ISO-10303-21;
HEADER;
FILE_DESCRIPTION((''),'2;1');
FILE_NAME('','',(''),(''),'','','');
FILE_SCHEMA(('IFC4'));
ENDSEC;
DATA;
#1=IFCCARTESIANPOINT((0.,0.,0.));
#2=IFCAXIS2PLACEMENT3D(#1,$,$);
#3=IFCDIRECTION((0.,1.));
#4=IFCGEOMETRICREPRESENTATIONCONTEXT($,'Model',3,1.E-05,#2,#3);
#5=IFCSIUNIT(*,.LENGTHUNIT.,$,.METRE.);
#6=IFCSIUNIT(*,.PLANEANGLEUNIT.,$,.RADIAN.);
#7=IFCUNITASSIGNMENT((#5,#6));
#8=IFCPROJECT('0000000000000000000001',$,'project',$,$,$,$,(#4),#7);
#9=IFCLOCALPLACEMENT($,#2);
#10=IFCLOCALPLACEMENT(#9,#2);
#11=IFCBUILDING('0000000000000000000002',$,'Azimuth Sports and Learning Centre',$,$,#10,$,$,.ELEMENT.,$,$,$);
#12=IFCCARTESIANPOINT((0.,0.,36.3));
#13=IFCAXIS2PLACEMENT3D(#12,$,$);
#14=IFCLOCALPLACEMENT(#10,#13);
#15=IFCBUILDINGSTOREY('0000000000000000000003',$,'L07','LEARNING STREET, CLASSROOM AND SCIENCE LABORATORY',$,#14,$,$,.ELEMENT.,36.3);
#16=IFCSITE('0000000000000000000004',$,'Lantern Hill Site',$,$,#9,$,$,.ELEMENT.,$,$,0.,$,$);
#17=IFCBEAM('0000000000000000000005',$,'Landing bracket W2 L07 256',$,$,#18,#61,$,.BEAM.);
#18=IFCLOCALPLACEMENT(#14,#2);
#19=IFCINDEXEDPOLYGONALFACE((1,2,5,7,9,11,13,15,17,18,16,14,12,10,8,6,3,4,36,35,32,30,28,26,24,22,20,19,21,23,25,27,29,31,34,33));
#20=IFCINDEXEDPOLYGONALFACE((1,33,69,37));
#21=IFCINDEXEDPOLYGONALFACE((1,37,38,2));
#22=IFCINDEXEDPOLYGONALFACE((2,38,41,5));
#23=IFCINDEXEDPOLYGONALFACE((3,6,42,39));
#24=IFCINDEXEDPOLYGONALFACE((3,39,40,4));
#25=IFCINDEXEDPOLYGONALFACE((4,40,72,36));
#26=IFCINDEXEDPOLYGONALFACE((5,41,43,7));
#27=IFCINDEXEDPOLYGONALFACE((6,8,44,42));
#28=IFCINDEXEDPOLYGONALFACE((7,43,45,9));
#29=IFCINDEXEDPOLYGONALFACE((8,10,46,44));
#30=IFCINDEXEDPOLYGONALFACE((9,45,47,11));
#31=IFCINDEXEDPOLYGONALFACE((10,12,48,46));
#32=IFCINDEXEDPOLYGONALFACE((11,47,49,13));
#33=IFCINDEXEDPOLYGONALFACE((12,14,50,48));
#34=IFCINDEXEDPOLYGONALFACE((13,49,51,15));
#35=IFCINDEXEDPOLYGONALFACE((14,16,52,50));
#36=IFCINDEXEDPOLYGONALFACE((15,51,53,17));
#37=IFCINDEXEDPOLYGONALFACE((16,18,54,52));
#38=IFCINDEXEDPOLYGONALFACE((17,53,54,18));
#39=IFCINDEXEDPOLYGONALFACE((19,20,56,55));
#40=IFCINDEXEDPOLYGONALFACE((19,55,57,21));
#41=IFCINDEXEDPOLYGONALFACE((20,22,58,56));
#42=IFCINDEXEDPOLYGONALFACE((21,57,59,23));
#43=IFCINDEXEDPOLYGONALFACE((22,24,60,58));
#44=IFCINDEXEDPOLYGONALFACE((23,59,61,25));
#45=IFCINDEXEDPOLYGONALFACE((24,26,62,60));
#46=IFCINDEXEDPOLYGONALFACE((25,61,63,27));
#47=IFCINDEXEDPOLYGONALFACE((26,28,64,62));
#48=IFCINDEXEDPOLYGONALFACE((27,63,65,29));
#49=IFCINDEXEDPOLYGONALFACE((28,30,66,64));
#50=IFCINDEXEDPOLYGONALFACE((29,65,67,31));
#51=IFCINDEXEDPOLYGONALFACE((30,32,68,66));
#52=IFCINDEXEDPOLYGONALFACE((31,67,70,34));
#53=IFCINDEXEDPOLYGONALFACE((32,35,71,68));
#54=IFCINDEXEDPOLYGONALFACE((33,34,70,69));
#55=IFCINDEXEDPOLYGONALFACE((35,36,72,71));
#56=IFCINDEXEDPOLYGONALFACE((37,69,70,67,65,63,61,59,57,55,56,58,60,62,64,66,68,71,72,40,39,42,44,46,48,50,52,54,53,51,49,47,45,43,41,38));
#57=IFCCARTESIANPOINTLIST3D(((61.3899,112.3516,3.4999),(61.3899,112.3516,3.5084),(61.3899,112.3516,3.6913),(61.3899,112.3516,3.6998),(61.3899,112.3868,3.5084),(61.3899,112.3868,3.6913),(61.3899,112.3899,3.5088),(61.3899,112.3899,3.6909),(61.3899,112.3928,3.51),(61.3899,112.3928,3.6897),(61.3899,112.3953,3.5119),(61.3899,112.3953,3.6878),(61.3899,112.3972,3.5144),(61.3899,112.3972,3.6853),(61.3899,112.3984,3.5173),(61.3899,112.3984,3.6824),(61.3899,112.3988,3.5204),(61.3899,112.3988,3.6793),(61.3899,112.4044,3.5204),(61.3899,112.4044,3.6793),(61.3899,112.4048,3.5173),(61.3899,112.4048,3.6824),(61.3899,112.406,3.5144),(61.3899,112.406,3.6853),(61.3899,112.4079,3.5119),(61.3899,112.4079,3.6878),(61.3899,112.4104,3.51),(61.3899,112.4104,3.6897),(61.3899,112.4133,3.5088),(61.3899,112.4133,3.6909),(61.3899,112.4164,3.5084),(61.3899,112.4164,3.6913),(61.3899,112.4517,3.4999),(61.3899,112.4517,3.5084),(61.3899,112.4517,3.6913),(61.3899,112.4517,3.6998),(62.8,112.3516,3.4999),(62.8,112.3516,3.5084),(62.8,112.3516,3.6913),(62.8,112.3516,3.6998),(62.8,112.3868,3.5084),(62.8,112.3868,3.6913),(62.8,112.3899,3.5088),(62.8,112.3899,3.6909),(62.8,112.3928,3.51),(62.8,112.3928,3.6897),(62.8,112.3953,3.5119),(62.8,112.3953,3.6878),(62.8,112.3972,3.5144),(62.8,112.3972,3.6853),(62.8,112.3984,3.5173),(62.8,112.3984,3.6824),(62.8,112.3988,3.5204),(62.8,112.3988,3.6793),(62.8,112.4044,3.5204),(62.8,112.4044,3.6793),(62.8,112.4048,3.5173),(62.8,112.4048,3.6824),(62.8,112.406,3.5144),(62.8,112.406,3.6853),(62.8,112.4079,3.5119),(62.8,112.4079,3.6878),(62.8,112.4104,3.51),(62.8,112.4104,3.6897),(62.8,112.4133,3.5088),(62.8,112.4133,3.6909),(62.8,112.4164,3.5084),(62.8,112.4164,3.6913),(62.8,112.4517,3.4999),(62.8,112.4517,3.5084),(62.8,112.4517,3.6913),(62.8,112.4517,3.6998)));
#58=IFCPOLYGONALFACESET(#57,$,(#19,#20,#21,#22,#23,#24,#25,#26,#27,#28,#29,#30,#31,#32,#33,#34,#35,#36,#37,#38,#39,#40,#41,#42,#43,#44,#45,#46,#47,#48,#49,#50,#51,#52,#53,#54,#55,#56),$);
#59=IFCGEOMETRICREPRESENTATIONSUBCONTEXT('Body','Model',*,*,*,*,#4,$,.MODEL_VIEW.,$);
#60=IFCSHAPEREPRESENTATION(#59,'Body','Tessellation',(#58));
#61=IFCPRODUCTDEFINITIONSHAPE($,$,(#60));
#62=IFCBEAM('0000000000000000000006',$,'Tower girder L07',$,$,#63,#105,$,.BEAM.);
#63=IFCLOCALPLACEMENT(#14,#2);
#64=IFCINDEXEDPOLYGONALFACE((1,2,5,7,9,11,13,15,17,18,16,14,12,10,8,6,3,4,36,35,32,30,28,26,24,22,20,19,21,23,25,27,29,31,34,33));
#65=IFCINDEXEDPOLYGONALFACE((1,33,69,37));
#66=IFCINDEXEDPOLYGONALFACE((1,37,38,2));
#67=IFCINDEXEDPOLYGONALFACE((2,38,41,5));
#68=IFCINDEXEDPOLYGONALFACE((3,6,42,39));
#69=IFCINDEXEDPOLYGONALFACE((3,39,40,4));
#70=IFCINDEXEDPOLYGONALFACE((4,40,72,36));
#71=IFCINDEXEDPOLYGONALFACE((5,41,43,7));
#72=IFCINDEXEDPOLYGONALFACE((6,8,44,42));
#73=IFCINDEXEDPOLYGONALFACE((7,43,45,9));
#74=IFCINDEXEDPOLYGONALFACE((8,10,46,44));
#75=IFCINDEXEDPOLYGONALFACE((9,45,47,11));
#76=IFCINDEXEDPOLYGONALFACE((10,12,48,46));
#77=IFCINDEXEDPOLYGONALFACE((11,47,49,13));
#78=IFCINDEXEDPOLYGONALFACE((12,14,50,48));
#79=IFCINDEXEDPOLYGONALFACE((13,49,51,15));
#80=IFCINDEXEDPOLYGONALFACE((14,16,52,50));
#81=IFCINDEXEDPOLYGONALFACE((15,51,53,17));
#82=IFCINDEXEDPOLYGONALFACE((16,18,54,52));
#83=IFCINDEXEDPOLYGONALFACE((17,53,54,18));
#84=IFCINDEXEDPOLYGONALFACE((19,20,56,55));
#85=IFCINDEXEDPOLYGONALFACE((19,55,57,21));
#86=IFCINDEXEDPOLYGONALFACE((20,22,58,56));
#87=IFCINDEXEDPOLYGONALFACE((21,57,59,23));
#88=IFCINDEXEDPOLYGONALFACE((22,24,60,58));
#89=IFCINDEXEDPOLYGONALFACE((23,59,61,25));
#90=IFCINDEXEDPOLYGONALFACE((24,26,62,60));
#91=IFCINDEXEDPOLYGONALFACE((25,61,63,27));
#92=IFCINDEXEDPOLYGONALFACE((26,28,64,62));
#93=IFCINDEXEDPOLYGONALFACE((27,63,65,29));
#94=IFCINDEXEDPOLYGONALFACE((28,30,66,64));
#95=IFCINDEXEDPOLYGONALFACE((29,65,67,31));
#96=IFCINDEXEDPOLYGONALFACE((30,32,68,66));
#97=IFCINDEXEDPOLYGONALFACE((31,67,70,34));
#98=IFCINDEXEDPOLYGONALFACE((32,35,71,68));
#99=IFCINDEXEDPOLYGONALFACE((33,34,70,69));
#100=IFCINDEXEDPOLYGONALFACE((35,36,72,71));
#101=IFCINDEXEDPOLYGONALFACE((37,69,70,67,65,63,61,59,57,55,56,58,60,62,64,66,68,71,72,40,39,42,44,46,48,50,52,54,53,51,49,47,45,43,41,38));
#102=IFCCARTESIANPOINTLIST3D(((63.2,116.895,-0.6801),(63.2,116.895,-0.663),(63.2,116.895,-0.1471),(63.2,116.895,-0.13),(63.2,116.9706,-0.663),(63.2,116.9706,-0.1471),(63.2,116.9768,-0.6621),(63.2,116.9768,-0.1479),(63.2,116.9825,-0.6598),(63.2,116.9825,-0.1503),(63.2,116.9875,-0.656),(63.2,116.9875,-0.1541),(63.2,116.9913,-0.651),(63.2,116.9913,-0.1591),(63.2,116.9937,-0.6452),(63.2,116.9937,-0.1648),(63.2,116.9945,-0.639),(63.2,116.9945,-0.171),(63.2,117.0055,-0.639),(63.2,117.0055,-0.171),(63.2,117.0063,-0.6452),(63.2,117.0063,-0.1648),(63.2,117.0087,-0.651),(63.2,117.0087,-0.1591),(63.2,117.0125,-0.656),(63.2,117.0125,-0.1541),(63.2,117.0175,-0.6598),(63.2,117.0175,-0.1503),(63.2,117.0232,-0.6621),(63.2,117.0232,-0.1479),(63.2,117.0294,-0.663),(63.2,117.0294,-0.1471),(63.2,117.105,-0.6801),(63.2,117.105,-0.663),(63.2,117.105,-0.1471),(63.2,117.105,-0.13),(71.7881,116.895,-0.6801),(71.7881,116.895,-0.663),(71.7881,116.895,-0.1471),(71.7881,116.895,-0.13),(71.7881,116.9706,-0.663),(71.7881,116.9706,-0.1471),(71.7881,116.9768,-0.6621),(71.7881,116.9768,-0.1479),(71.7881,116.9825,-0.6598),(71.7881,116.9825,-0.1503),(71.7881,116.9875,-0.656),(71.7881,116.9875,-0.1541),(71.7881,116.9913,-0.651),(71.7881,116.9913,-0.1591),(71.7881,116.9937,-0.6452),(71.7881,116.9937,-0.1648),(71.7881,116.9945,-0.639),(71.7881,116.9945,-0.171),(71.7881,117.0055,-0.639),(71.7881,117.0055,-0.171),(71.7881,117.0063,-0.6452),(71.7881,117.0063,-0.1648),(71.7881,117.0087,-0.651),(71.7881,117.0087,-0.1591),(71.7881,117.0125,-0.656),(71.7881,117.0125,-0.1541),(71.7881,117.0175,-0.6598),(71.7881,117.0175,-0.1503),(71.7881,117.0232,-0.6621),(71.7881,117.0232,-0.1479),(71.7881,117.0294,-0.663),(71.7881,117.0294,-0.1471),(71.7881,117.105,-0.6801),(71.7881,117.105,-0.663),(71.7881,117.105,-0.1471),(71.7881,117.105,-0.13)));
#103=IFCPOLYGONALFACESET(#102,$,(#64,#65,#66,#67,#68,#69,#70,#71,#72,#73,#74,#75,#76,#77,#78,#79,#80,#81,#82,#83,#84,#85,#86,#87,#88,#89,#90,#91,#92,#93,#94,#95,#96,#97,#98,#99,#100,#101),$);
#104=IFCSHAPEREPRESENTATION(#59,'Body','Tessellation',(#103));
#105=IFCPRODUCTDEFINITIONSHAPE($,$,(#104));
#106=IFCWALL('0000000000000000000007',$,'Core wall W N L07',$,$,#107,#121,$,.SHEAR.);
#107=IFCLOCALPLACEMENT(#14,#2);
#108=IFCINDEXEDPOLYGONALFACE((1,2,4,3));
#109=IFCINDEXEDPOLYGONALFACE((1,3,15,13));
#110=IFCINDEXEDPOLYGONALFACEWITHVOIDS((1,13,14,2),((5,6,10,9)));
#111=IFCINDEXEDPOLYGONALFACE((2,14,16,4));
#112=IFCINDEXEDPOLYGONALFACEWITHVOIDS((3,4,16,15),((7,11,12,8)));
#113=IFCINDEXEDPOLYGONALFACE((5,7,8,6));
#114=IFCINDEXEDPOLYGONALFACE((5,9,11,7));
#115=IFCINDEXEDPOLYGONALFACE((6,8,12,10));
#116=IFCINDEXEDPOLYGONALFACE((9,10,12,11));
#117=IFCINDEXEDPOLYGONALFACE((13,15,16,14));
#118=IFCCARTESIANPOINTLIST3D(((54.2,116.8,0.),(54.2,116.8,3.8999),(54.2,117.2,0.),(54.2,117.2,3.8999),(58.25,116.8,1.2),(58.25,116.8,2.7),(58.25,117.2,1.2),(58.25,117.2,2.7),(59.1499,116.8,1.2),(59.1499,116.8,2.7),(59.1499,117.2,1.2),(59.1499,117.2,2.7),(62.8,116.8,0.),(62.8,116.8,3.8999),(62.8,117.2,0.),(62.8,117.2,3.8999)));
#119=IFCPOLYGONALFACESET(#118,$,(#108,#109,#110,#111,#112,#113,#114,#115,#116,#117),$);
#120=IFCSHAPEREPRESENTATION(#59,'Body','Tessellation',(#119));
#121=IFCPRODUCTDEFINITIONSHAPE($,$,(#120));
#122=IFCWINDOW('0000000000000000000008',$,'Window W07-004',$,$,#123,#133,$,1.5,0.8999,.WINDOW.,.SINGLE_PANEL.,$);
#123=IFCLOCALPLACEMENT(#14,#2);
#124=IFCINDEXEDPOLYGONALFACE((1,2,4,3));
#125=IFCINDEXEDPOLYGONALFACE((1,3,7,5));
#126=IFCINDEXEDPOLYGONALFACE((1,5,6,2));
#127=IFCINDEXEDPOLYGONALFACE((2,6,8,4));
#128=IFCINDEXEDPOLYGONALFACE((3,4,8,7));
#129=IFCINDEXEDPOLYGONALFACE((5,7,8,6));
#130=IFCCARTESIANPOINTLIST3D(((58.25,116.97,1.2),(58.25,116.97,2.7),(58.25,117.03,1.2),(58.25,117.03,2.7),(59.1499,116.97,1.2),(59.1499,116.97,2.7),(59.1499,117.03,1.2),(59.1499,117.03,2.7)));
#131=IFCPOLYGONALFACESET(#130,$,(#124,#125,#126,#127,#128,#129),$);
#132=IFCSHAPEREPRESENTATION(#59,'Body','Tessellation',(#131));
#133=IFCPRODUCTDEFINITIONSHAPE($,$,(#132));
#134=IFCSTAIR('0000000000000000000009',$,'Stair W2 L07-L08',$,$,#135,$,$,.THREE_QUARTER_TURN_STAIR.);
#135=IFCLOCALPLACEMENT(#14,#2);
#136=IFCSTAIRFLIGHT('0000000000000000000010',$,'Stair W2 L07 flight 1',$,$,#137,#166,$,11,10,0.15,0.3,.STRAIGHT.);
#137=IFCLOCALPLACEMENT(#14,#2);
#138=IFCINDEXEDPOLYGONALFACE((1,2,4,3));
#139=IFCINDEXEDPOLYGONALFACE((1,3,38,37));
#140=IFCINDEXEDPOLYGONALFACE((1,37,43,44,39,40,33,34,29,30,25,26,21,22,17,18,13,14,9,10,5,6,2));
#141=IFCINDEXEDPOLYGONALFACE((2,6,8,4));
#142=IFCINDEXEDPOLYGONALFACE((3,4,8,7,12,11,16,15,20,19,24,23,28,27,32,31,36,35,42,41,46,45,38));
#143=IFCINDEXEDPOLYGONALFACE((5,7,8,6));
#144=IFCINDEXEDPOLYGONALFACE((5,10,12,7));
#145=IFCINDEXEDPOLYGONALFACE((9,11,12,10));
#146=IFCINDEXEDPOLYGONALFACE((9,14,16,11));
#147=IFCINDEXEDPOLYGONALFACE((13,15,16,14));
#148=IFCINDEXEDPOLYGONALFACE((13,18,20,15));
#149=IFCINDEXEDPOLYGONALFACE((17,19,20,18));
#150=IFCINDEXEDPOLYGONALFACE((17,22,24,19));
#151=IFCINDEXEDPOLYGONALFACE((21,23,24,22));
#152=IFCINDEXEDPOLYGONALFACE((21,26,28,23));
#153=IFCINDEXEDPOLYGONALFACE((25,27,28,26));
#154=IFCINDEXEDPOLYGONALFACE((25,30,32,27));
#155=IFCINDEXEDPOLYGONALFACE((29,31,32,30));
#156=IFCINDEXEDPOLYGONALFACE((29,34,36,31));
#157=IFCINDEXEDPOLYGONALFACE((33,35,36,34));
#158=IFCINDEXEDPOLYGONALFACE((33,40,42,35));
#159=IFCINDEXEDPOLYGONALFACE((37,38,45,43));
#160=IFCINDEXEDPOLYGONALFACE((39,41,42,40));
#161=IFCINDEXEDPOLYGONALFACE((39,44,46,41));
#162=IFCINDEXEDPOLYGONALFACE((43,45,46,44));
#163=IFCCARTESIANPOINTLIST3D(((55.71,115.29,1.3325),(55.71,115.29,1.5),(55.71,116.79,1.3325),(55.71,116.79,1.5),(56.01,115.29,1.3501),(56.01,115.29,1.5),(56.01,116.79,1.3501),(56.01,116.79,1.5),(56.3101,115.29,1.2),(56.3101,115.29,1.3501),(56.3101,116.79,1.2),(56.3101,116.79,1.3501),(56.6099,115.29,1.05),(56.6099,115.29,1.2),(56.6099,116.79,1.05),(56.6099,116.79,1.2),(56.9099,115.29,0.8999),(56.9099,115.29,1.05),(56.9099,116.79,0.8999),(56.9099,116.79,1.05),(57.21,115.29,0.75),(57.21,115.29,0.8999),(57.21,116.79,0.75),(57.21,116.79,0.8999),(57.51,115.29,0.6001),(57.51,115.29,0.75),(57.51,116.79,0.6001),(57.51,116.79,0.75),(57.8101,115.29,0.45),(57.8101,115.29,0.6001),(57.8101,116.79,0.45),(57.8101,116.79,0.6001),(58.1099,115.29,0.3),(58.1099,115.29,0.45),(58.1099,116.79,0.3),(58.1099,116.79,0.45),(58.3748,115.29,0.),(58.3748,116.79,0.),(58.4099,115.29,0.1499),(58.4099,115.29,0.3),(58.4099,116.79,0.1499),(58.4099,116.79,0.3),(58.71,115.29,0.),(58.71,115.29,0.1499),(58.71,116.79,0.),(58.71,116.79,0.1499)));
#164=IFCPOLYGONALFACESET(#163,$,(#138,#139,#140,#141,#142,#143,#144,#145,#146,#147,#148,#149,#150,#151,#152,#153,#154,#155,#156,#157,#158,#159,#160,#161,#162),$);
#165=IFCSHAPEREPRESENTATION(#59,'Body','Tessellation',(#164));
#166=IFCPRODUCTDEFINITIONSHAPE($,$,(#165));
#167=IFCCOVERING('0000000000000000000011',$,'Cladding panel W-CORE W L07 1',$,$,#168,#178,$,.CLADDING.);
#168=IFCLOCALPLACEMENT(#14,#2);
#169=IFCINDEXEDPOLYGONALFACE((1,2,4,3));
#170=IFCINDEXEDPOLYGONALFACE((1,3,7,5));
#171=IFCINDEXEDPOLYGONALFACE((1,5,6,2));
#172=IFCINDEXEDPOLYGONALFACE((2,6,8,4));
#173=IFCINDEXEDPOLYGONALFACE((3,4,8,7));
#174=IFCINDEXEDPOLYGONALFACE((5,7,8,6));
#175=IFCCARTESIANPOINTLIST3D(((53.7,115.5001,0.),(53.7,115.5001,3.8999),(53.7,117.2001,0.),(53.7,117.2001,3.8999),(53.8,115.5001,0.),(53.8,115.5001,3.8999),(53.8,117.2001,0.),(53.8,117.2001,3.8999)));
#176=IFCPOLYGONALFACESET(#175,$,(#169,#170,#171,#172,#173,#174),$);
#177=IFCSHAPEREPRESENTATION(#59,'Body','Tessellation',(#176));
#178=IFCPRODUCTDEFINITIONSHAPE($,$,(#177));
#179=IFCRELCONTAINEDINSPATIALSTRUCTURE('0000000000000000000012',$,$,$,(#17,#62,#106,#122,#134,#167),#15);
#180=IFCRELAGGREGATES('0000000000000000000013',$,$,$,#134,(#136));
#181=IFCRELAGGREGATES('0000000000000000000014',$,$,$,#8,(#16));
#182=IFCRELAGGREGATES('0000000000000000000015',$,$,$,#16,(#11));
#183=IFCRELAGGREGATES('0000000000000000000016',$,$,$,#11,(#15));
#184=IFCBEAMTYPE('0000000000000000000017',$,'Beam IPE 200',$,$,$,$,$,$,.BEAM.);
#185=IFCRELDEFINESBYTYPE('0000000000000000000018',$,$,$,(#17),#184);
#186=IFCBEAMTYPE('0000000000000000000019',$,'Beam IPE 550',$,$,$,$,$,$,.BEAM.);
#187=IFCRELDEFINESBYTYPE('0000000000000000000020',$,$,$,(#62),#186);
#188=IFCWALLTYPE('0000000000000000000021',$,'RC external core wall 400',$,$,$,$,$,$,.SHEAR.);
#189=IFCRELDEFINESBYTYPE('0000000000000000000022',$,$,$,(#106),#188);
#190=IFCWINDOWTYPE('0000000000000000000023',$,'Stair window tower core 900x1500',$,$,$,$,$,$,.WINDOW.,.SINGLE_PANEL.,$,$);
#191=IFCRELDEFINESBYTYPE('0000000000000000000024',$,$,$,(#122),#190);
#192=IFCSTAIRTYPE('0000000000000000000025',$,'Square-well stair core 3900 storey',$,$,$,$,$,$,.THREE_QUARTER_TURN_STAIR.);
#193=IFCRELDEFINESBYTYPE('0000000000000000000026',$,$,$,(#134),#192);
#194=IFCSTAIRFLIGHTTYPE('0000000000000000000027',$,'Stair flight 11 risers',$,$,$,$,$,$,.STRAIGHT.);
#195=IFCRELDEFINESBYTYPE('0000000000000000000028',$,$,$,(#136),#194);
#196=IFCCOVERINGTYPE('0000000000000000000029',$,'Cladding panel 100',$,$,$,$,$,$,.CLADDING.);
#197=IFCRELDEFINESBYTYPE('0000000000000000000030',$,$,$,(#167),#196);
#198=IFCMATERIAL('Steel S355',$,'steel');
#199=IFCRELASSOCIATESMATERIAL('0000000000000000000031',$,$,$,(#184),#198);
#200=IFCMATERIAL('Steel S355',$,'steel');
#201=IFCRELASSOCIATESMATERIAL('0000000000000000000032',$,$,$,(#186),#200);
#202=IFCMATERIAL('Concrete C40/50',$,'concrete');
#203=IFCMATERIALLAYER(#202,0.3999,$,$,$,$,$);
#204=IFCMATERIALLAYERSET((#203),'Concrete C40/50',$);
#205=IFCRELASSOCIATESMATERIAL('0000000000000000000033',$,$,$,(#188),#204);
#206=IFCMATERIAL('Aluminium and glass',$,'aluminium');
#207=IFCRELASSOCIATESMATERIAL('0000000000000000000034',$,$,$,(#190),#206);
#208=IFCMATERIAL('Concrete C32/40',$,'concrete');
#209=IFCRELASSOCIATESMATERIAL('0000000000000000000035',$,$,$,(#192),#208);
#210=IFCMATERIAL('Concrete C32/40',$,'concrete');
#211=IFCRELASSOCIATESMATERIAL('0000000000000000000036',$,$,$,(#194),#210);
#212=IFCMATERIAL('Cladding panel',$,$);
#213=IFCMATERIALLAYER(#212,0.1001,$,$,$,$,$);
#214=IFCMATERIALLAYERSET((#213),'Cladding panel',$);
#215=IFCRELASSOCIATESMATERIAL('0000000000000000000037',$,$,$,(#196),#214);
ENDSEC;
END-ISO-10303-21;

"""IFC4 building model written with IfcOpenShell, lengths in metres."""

from ifc_helpers import new_model, si_unit, direction, frame, frame_2d, origin, origin_2d, place, context, subcontext, project, spatial, polyline, rectangle, i_section, outline, extrude, material, layer, layer_set, material_profile, profile_set, type_object, element, fill, aggregate, save


model = new_model("IFC4")

# Units and contexts
model_context = context("Model", 3, precision=1e-05, world=origin(), true_north=direction((0.0, 1.0)))
body_context = subcontext(model_context, "Body", "Model", "MODEL_VIEW")
ifc_project = project(units=[si_unit("LENGTHUNIT", "METRE"), si_unit("PLANEANGLEUNIT", "RADIAN")], contexts=[model_context])

# Site, building, storey
site_placement = place(None, origin())
site = spatial("IfcSite", under=ifc_project, at=site_placement, Name="Lantern Hill Site", CompositionType="ELEMENT", RefElevation=0.0)
building_placement = place(site_placement, origin())
building = spatial("IfcBuilding", under=site, at=building_placement, Name="Azimuth Sports and Learning Centre", CompositionType="ELEMENT")
storey_placement = place(building_placement, frame((0.0, 0.0, 36.3)))
storey = spatial("IfcBuildingStorey", under=building, at=storey_placement, Name="L07", Description="LEARNING STREET, CLASSROOM AND SCIENCE LABORATORY", CompositionType="ELEMENT", Elevation=36.3)

# Beams
ifc_material_1 = material(Name="Steel S355", Category="steel")
ifc_material_profile_1 = material_profile(ifc_material_1, i_section(OverallWidth=0.1001, OverallDepth=0.2, WebThickness=0.0056, FlangeThickness=0.0085, FilletRadius=0.012, at=origin_2d()), Name="IPE 200")
ifc_profile_set_1 = profile_set([ifc_material_profile_1], Name="Steel S355")
beam_type_1 = type_object("IfcBeamType", Name="Beam IPE 200", PredefinedType="BEAM", material=ifc_profile_set_1)
for number, where, z_axis, x_axis, name in (
    (1, (62.8, 112.4016, 3.5999), (-1.0, 0.0, 0.0), (0.0, -1.0, 0.0), "Landing bracket W2 L07 256"),
):
    element("IfcBeam", number, at=place(storey_placement, frame(where, z_axis=z_axis, x_axis=x_axis)), inside=storey, type_object=beam_type_1, Name=name, PredefinedType="BEAM", context=body_context, shape_type="SweptSolid", body=[
        extrude(i_section(OverallWidth=0.1001, OverallDepth=0.2, WebThickness=0.0056, FlangeThickness=0.0085, FilletRadius=0.012, at=origin_2d()), origin(), (0.0, 0.0, 1.0), 1.4102),
    ])
ifc_material_2 = material(Name="Steel S355", Category="steel")
ifc_material_profile_2 = material_profile(ifc_material_2, i_section(OverallWidth=0.21, OverallDepth=0.55, WebThickness=0.011, FlangeThickness=0.0171, FilletRadius=0.0239, at=origin_2d()), Name="IPE 550")
ifc_profile_set_2 = profile_set([ifc_material_profile_2], Name="Steel S355")
beam_type_2 = type_object("IfcBeamType", Name="Beam IPE 550", PredefinedType="BEAM", material=ifc_profile_set_2)
beam_placement = place(storey_placement, frame((63.2, 117.0, -0.405), z_axis=(1.0, 0.0, 0.0), x_axis=(0.0, 1.0, 0.0)))
element("IfcBeam", 2, at=beam_placement, inside=storey, type_object=beam_type_2, Name="Tower girder L07", PredefinedType="BEAM", context=body_context, shape_type="SweptSolid", body=[
    extrude(i_section(OverallWidth=0.21, OverallDepth=0.55, WebThickness=0.011, FlangeThickness=0.0171, FilletRadius=0.0239, at=origin_2d()), origin(), (0.0, 0.0, 1.0), 8.5881),
])

# Wall, opening, window
ifc_material_3 = material(Name="Concrete C40/50", Category="concrete")
ifc_layer_1 = layer(ifc_material_3, 0.3999)
ifc_layer_set_1 = layer_set([ifc_layer_1], Name="Concrete C40/50")
wall_type = type_object("IfcWallType", Name="RC external core wall 400", PredefinedType="SHEAR", material=ifc_layer_set_1)
wall_placement = place(storey_placement, frame((54.2, 117.0, 0.0), z_axis=(0.0, 0.0, 1.0), x_axis=(1.0, 0.0, 0.0)))
wall = element("IfcWall", 3, at=wall_placement, inside=storey, type_object=wall_type, Name="Core wall W N L07", PredefinedType="SHEAR", context=body_context, shape_type="SweptSolid", body=[
    extrude(rectangle(XDim=8.6001, YDim=0.3999, at=frame_2d((4.3, 0.0))), origin(), (0.0, 0.0, 1.0), 3.8999),
])
opening_placement = place(wall_placement, frame((4.05, 0.0, 1.2)))
opening = element("IfcOpeningElement", 4, at=opening_placement, cuts=wall, PredefinedType="OPENING", context=body_context, shape_type="SweptSolid", body=[
    extrude(rectangle(XDim=0.8999, YDim=1.5, at=frame_2d((0.45, 0.75))), frame((0.0, 0.2109, 0.0), z_axis=(0.0, -1.0, 0.0), x_axis=(1.0, 0.0, 0.0)), (0.0, 0.0, 1.0), 0.4219),
])
ifc_material_4 = material(Name="Aluminium and glass", Category="aluminium")
window_type = type_object("IfcWindowType", Name="Stair window tower core 900x1500", PartitioningType="SINGLE_PANEL", PredefinedType="WINDOW", material=ifc_material_4)
window_placement = place(opening_placement, origin())
window = element("IfcWindow", 5, at=window_placement, inside=storey, type_object=window_type, Name="Window W07-004", OverallHeight=1.5, OverallWidth=0.8999, PartitioningType="SINGLE_PANEL", PredefinedType="WINDOW", context=body_context, shape_type="SweptSolid", body=[
    extrude(rectangle(XDim=0.8999, YDim=1.5, at=frame_2d((0.45, 0.75))), frame((0.0, 0.03, 0.0), z_axis=(0.0, -1.0, 0.0), x_axis=(1.0, 0.0, 0.0)), (0.0, 0.0, 1.0), 0.0601),
])
fill(opening, window)

# Stair, stair flight
ifc_material_5 = material(Name="Concrete C32/40", Category="concrete")
stair_type = type_object("IfcStairType", Name="Square-well stair core 3900 storey", PredefinedType="THREE_QUARTER_TURN_STAIR", material=ifc_material_5)
stair_placement = place(storey_placement, origin())
stair = element("IfcStair", 6, at=stair_placement, inside=storey, type_object=stair_type, Name="Stair W2 L07-L08", PredefinedType="THREE_QUARTER_TURN_STAIR")
ifc_material_6 = material(Name="Concrete C32/40", Category="concrete")
stair_flight_type = type_object("IfcStairFlightType", Name="Stair flight 11 risers", PredefinedType="STRAIGHT", material=ifc_material_6)
stair_flight_placement = place(storey_placement, frame((58.71, 116.04, 0.0), z_axis=(0.0, 0.0, 1.0), x_axis=(-1.0, 0.0, 0.0)))
stair_flight = element("IfcStairFlight", 7, at=stair_flight_placement, type_object=stair_flight_type, Name="Stair W2 L07 flight 1", NumberOfRisers=11, NumberOfTreads=10, PredefinedType="STRAIGHT", RiserHeight=0.15, TreadLength=0.3, context=body_context, shape_type="SweptSolid", body=[
    extrude(outline(polyline([(0.0, 0.0), (0.0, 0.1499), (0.3, 0.1499), (0.3, 0.3), (0.6001, 0.3), (0.6001, 0.45), (0.8999, 0.45), (0.8999, 0.6001), (1.2, 0.6001), (1.2, 0.75), (1.5, 0.75), (1.5, 0.8999), (1.8, 0.8999), (1.8, 1.05), (2.1001, 1.05), (2.1001, 1.2), (2.3999, 1.2), (2.3999, 1.3501), (2.7, 1.3501), (2.7, 1.5), (3.0, 1.5), (3.0, 1.6499), (3.0, 1.3325), (0.3352, 0.0), (0.0, 0.0)])), frame((0.0, 0.75, 0.0), z_axis=(0.0, -1.0, 0.0), x_axis=(1.0, 0.0, 0.0)), (0.0, 0.0, 1.0), 1.5),
])
aggregate(stair, [stair_flight])

# Covering
ifc_material_7 = material(Name="Cladding panel")
ifc_layer_2 = layer(ifc_material_7, 0.1001)
ifc_layer_set_2 = layer_set([ifc_layer_2], Name="Cladding panel")
covering_type = type_object("IfcCoveringType", Name="Cladding panel 100", PredefinedType="CLADDING", material=ifc_layer_set_2)
covering_placement = place(storey_placement, frame((53.75, 116.3501, 0.0), z_axis=(0.0, 0.0, 1.0), x_axis=(0.0, -1.0, 0.0)))
element("IfcCovering", 8, at=covering_placement, inside=storey, type_object=covering_type, Name="Cladding panel W-CORE W L07 1", PredefinedType="CLADDING", context=body_context, shape_type="SweptSolid", body=[
    extrude(rectangle(XDim=1.7, YDim=0.1001, at=origin_2d()), origin(), (0.0, 0.0, 1.0), 3.8999),
])

save(model, "model.ifc")
